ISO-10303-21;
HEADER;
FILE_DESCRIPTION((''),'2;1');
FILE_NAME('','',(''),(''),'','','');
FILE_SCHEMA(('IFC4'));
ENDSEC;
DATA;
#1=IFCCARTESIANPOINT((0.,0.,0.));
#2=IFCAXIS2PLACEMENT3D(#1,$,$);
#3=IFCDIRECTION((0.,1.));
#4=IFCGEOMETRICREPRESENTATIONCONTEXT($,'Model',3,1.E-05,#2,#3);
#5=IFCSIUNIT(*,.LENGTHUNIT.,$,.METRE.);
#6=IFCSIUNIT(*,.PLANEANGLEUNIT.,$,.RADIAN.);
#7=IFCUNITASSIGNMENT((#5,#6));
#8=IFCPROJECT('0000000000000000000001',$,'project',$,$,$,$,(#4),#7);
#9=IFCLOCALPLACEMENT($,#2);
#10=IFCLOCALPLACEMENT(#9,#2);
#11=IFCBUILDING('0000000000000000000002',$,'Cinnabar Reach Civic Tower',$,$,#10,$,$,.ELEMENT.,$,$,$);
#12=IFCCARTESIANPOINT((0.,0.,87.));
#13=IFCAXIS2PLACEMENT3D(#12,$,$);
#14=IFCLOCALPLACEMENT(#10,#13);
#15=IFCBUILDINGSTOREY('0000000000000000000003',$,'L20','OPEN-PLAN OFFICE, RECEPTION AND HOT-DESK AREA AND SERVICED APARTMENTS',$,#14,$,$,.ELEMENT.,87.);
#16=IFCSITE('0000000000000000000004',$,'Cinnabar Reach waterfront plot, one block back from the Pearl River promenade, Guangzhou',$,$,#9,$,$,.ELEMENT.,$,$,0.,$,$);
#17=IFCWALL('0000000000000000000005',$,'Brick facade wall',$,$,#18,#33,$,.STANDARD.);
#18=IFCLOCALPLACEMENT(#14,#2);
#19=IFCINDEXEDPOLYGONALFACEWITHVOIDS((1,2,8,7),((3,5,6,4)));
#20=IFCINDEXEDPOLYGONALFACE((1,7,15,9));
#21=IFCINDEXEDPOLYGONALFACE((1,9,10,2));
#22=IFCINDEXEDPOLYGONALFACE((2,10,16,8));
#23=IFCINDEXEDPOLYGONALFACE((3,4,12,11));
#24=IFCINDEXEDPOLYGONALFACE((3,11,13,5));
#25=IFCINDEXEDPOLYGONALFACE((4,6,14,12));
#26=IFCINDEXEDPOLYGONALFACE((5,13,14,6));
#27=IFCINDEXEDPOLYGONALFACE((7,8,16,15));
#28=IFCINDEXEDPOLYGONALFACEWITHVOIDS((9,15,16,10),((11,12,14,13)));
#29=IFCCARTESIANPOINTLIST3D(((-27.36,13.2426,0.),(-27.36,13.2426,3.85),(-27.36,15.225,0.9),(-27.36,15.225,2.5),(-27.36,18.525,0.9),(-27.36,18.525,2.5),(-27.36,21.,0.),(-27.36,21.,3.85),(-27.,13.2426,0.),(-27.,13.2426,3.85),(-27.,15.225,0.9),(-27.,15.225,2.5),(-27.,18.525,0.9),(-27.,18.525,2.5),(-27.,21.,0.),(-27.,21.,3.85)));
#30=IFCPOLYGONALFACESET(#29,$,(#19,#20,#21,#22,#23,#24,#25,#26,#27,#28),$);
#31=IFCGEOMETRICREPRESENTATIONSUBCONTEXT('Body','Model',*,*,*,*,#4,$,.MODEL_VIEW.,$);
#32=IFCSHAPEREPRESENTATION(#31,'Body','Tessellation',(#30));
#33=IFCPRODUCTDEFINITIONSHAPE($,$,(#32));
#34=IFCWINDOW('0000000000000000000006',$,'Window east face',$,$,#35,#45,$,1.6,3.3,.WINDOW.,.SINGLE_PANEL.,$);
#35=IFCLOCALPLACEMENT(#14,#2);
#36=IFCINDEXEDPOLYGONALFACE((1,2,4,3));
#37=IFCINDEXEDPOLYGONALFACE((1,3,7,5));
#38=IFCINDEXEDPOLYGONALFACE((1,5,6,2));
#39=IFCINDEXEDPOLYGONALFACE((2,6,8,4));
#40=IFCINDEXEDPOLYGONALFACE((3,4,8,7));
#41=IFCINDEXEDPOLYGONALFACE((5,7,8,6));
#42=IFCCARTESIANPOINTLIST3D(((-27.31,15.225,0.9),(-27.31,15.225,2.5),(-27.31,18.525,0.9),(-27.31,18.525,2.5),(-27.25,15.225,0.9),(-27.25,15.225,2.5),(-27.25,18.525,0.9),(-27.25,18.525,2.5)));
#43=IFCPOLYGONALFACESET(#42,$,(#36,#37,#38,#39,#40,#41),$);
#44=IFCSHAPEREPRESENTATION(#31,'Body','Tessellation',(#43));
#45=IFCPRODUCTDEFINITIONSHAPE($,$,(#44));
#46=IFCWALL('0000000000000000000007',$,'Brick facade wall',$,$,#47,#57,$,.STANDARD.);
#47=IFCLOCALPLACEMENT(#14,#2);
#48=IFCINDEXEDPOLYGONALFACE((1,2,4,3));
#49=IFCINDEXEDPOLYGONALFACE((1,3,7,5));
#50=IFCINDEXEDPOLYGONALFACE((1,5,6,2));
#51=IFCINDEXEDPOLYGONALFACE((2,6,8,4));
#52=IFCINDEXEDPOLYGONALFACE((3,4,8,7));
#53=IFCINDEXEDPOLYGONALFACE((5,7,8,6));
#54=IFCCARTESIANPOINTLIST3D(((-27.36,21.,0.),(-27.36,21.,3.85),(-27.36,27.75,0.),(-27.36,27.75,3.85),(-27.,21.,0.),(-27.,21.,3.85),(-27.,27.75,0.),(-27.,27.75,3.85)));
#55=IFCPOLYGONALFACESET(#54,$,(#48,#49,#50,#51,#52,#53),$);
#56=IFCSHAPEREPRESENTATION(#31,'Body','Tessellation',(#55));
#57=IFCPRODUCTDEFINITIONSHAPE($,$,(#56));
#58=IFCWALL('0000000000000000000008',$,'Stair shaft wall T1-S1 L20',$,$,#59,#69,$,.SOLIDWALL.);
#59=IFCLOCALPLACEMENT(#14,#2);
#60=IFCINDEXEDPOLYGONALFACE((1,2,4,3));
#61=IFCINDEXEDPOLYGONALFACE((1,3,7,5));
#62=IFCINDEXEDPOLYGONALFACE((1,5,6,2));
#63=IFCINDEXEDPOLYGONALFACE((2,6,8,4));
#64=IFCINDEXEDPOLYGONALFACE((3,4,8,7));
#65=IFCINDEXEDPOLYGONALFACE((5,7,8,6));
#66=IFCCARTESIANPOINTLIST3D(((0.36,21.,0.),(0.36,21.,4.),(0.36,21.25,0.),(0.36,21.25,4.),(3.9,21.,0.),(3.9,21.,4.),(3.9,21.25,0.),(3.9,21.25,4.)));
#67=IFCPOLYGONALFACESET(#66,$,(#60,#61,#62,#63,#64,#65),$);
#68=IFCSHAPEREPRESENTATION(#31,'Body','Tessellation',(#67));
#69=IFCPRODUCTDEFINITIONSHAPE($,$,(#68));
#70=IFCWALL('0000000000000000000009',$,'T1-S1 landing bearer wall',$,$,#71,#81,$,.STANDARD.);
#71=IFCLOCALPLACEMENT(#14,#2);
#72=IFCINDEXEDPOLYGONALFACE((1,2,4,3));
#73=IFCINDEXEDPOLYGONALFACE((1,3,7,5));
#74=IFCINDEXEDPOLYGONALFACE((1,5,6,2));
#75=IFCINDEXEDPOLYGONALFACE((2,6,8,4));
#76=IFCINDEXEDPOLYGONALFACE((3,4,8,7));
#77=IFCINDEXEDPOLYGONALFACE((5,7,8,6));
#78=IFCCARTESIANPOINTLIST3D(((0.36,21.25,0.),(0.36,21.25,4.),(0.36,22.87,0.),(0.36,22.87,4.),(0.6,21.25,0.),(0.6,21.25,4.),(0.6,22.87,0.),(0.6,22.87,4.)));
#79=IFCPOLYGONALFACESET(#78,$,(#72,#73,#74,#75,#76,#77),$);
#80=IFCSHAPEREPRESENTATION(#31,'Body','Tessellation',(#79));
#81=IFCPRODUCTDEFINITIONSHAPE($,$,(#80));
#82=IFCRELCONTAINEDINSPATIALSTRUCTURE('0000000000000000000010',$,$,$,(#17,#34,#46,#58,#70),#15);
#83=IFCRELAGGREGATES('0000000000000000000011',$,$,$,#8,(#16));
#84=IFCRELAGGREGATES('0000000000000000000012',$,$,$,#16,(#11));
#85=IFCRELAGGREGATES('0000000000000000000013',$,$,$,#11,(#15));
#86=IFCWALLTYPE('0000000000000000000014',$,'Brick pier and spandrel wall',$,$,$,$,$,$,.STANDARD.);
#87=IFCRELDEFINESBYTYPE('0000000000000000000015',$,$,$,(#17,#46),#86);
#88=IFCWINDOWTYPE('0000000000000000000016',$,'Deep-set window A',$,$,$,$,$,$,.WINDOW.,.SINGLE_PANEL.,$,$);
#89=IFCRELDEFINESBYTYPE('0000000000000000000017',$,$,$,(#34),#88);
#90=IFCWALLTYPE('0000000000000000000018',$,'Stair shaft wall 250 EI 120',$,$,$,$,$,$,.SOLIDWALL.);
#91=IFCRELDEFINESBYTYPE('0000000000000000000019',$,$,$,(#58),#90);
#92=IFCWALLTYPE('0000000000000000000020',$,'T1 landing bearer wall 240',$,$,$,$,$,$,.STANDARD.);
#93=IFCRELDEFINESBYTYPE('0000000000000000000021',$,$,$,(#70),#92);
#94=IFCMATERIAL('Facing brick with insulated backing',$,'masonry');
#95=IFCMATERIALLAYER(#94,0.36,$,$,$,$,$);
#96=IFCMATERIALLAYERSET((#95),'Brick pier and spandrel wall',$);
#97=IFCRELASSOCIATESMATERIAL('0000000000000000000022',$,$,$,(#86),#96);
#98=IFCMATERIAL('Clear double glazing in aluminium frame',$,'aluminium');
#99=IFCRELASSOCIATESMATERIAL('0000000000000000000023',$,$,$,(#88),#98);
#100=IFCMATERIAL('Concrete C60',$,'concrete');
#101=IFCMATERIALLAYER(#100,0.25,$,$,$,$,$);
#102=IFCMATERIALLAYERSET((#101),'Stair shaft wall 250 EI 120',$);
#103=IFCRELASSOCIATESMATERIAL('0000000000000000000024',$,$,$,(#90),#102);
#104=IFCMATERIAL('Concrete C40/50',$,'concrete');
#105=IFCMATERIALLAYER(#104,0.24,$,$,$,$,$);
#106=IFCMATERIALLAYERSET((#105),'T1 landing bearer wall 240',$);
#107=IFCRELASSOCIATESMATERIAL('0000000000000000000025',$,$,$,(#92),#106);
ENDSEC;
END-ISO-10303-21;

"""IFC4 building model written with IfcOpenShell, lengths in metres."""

from ifc_helpers import new_model, si_unit, direction, frame, frame_2d, origin, place, context, subcontext, project, spatial, rectangle, extrude, material, layer, layer_set, type_object, element, fill, save


model = new_model("IFC4")

# Units and contexts
model_context = context("Model", 3, precision=1e-05, world=origin(), true_north=direction((0.0, 1.0)))
body_context = subcontext(model_context, "Body", "Model", "MODEL_VIEW")
ifc_project = project(units=[si_unit("LENGTHUNIT", "METRE"), si_unit("PLANEANGLEUNIT", "RADIAN")], contexts=[model_context])

# Site, building, storey
site_placement = place(None, origin())
site = spatial("IfcSite", under=ifc_project, at=site_placement, Name="Cinnabar Reach waterfront plot, one block back from the Pearl River promenade, Guangzhou", CompositionType="ELEMENT", RefElevation=0.0)
building_placement = place(site_placement, origin())
building = spatial("IfcBuilding", under=site, at=building_placement, Name="Cinnabar Reach Civic Tower", CompositionType="ELEMENT")
storey_placement = place(building_placement, frame((0.0, 0.0, 87.0)))
storey = spatial("IfcBuildingStorey", under=building, at=storey_placement, Name="L20", Description="OPEN-PLAN OFFICE, RECEPTION AND HOT-DESK AREA AND SERVICED APARTMENTS", CompositionType="ELEMENT", Elevation=87.0)

# Shared definitions
ifc_material_1 = material(Name="Concrete C40/50", Category="concrete")

# Shared definitions
ifc_material_2 = material(Name="Facing brick with insulated backing", Category="masonry")

# Shared definitions
ifc_layer_1 = layer(ifc_material_2, 0.36)
ifc_layer_set_1 = layer_set([ifc_layer_1], Name="Brick pier and spandrel wall")
wall_type_1 = type_object("IfcWallType", Name="Brick pier and spandrel wall", PredefinedType="STANDARD", material=ifc_layer_set_1)
ifc_material_3 = material(Name="Clear double glazing in aluminium frame", Category="aluminium")
window_type = type_object("IfcWindowType", Name="Deep-set window A", PartitioningType="SINGLE_PANEL", PredefinedType="WINDOW", material=ifc_material_3)

# Wall, opening, window
wall_1_placement = place(storey_placement, frame((-27.18, 13.2426, 0.0), z_axis=(0.0, 0.0, 1.0), x_axis=(0.0, 1.0, 0.0)))
wall_1 = element("IfcWall", 1, at=wall_1_placement, inside=storey, type_object=wall_type_1, Name="Brick facade wall", PredefinedType="STANDARD", context=body_context, shape_type="SweptSolid", body=[
    extrude(rectangle(XDim=7.7574, YDim=0.36, at=frame_2d((3.8787, 0.0))), origin(), (0.0, 0.0, 1.0), 3.85),
])
opening_1_placement = place(wall_1_placement, frame((1.9824, 0.0, 0.9)))
opening_1 = element("IfcOpeningElement", 2, at=opening_1_placement, cuts=wall_1, PredefinedType="OPENING", context=body_context, shape_type="SweptSolid", body=[
    extrude(rectangle(XDim=3.3, YDim=1.6, at=frame_2d((1.65, 0.8))), frame((0.0, 0.19, 0.0), z_axis=(0.0, -1.0, 0.0), x_axis=(1.0, 0.0, 0.0)), (0.0, 0.0, 1.0), 0.38),
])
window_1_placement = place(opening_1_placement, origin())
window_1 = element("IfcWindow", 3, at=window_1_placement, inside=storey, type_object=window_type, Name="Window east face", OverallHeight=1.6, OverallWidth=3.3, PartitioningType="SINGLE_PANEL", PredefinedType="WINDOW", context=body_context, shape_type="SweptSolid", body=[
    extrude(rectangle(XDim=3.3, YDim=1.6, at=frame_2d((1.65, 0.8))), frame((0.0, 0.13, 0.0), z_axis=(0.0, -1.0, 0.0), x_axis=(1.0, 0.0, 0.0)), (0.0, 0.0, 1.0), 0.06),
])
fill(opening_1, window_1)

# Walls
wall_2_placement = place(storey_placement, frame((-27.18, 21.0, 0.0), z_axis=(0.0, 0.0, 1.0), x_axis=(0.0, 1.0, 0.0)))
element("IfcWall", 4, at=wall_2_placement, inside=storey, type_object=wall_type_1, Name="Brick facade wall", PredefinedType="STANDARD", context=body_context, shape_type="SweptSolid", body=[
    extrude(rectangle(XDim=6.75, YDim=0.36, at=frame_2d((3.375, 0.0))), origin(), (0.0, 0.0, 1.0), 3.85),
])
ifc_material_4 = material(Name="Concrete C60", Category="concrete")
ifc_layer_2 = layer(ifc_material_4, 0.25)
ifc_layer_set_2 = layer_set([ifc_layer_2], Name="Stair shaft wall 250 EI 120")
wall_type_2 = type_object("IfcWallType", Name="Stair shaft wall 250 EI 120", PredefinedType="SOLIDWALL", material=ifc_layer_set_2)
wall_3_placement = place(storey_placement, frame((0.36, 21.125, 0.0), z_axis=(0.0, 0.0, 1.0), x_axis=(1.0, 0.0, 0.0)))
element("IfcWall", 5, at=wall_3_placement, inside=storey, type_object=wall_type_2, Name="Stair shaft wall T1-S1 L20", PredefinedType="SOLIDWALL", context=body_context, shape_type="SweptSolid", body=[
    extrude(rectangle(XDim=3.54, YDim=0.25, at=frame_2d((1.77, 0.0))), origin(), (0.0, 0.0, 1.0), 4.0),
])
ifc_layer_3 = layer(ifc_material_1, 0.24)
ifc_layer_set_3 = layer_set([ifc_layer_3], Name="T1 landing bearer wall 240")
wall_type_3 = type_object("IfcWallType", Name="T1 landing bearer wall 240", PredefinedType="STANDARD", material=ifc_layer_set_3)
wall_4_placement = place(storey_placement, frame((0.48, 21.25, 0.0), z_axis=(0.0, 0.0, 1.0), x_axis=(0.0, 1.0, 0.0)))
element("IfcWall", 6, at=wall_4_placement, inside=storey, type_object=wall_type_3, Name="T1-S1 landing bearer wall", PredefinedType="STANDARD", context=body_context, shape_type="SweptSolid", body=[
    extrude(rectangle(XDim=1.62, YDim=0.24, at=frame_2d((0.81, 0.0))), origin(), (0.0, 0.0, 1.0), 4.0),
])

save(model, "model.ifc")
